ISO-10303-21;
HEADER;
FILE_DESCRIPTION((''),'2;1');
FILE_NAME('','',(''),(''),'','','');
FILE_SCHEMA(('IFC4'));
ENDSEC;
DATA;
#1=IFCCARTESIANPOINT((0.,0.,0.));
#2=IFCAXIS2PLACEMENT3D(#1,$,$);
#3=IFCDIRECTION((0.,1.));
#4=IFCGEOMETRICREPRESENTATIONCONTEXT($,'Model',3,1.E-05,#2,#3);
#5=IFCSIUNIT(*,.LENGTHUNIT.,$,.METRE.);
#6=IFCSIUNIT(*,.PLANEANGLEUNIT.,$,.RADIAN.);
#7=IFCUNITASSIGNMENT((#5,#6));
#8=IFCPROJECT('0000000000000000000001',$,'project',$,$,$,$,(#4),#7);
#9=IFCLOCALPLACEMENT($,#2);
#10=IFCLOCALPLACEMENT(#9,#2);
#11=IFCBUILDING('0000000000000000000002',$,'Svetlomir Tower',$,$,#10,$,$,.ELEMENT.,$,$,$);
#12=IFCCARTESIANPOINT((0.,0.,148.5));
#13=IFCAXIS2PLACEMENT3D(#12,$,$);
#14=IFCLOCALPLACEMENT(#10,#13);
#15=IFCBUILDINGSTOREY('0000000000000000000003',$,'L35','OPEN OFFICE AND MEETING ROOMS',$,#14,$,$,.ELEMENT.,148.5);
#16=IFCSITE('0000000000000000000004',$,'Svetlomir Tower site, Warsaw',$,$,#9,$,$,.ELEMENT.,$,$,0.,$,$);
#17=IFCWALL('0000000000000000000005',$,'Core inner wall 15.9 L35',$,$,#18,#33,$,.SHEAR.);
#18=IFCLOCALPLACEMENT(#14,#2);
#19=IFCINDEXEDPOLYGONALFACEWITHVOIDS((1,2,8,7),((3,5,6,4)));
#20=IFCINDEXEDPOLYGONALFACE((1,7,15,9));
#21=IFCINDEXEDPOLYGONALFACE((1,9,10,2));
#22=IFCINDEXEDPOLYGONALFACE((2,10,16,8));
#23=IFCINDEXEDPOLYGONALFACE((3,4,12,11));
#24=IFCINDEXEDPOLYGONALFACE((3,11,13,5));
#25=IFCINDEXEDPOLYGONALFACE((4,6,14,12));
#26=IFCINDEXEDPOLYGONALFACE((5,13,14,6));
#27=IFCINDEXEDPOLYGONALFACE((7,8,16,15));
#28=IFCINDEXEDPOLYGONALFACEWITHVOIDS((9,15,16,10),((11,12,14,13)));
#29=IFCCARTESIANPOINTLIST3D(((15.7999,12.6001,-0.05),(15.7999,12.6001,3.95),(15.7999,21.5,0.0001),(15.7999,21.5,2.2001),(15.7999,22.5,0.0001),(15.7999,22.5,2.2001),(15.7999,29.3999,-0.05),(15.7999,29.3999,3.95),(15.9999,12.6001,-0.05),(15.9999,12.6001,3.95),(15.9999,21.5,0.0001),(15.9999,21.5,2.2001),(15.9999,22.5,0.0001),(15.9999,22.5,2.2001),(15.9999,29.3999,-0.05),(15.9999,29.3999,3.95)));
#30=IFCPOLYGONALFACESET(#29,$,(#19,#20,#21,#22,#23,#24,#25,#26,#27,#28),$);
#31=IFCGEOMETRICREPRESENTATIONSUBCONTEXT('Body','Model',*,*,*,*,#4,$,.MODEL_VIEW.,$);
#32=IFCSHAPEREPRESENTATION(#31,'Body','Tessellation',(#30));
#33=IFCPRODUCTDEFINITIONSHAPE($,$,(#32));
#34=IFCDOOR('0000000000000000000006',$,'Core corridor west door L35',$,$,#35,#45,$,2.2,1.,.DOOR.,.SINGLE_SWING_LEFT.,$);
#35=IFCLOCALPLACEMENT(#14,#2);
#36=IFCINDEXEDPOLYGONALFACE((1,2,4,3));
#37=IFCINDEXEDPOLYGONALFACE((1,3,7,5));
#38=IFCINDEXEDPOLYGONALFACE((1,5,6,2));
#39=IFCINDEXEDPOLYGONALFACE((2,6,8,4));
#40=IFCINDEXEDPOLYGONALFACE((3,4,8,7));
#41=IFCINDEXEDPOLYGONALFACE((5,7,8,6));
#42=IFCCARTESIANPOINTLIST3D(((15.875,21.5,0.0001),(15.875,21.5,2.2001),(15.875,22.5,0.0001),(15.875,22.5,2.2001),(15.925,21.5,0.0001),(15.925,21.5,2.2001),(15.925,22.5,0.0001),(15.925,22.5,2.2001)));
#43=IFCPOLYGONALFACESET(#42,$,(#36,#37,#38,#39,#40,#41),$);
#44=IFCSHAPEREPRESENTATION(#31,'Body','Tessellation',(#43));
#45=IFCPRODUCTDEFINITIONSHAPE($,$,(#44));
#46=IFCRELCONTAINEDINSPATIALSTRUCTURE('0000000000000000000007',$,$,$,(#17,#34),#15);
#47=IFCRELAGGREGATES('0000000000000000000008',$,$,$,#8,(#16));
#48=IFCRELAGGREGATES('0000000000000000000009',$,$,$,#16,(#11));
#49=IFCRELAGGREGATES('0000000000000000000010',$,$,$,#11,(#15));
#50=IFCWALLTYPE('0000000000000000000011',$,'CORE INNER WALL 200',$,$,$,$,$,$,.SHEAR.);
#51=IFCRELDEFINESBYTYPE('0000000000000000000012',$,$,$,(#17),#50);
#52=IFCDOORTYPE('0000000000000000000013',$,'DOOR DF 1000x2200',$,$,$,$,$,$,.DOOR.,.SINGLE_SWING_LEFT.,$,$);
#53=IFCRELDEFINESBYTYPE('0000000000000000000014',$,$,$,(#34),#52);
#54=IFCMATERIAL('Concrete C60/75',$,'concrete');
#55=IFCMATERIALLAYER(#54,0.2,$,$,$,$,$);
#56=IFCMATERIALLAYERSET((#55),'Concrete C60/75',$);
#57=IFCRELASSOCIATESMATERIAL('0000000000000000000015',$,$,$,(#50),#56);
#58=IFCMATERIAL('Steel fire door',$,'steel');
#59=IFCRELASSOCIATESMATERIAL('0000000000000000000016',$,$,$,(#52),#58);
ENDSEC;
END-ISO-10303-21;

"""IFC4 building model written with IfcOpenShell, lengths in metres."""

from ifc_helpers import new_model, si_unit, direction, frame, frame_2d, origin, place, context, subcontext, project, spatial, rectangle, extrude, material, layer, layer_set, type_object, element, fill, save


model = new_model("IFC4")

# Units and contexts
model_context = context("Model", 3, precision=1e-05, world=origin(), true_north=direction((0.0, 1.0)))
body_context = subcontext(model_context, "Body", "Model", "MODEL_VIEW")
ifc_project = project(units=[si_unit("LENGTHUNIT", "METRE"), si_unit("PLANEANGLEUNIT", "RADIAN")], contexts=[model_context])

# Site, building, storey
site_placement = place(None, origin())
site = spatial("IfcSite", under=ifc_project, at=site_placement, Name="Svetlomir Tower site, Warsaw", CompositionType="ELEMENT", RefElevation=0.0)
building_placement = place(site_placement, origin())
building = spatial("IfcBuilding", under=site, at=building_placement, Name="Svetlomir Tower", CompositionType="ELEMENT")
storey_placement = place(building_placement, frame((0.0, 0.0, 148.5)))
storey = spatial("IfcBuildingStorey", under=building, at=storey_placement, Name="L35", Description="OPEN OFFICE AND MEETING ROOMS", CompositionType="ELEMENT", Elevation=148.5)

# Wall, opening, door
ifc_material_1 = material(Name="Concrete C60/75", Category="concrete")
ifc_layer_1 = layer(ifc_material_1, 0.2)
ifc_layer_set_1 = layer_set([ifc_layer_1], Name="Concrete C60/75")
wall_type_1 = type_object("IfcWallType", Name="CORE INNER WALL 200", PredefinedType="SHEAR", material=ifc_layer_set_1)
wall_1_placement = place(storey_placement, frame((15.8999, 12.6001, -0.05), z_axis=(0.0, 0.0, 1.0), x_axis=(0.0, 1.0, 0.0)))
wall_1 = element("IfcWall", 1, at=wall_1_placement, inside=storey, type_object=wall_type_1, Name="Core inner wall 15.9 L35", PredefinedType="SHEAR", context=body_context, shape_type="SweptSolid", body=[
    extrude(rectangle(XDim=16.7998, YDim=0.2, at=frame_2d((8.3999, 0.0))), origin(), (0.0, 0.0, 1.0), 4.0),
])
opening_1_placement = place(wall_1_placement, frame((8.8999, 0.0, 0.05)))
opening_1 = element("IfcOpeningElement", 2, at=opening_1_placement, cuts=wall_1, PredefinedType="OPENING", context=body_context, shape_type="SweptSolid", body=[
    extrude(rectangle(XDim=1.0, YDim=2.2, at=frame_2d((0.5, 1.1001))), frame((0.0, 0.1099, 0.0), z_axis=(0.0, -1.0, 0.0), x_axis=(1.0, 0.0, 0.0)), (0.0, 0.0, 1.0), 0.22),
])
ifc_material_2 = material(Name="Steel fire door", Category="steel")
door_type_1 = type_object("IfcDoorType", Name="DOOR DF 1000x2200", OperationType="SINGLE_SWING_LEFT", PredefinedType="DOOR", material=ifc_material_2)
door_1_placement = place(opening_1_placement, origin())
door_1 = element("IfcDoor", 3, at=door_1_placement, inside=storey, type_object=door_type_1, Name="Core corridor west door L35", OperationType="SINGLE_SWING_LEFT", OverallHeight=2.2, OverallWidth=1.0, PredefinedType="DOOR", context=body_context, shape_type="SweptSolid", body=[
    extrude(rectangle(XDim=1.0, YDim=2.2, at=frame_2d((0.5, 1.1001))), frame((0.0, 0.0249, 0.0), z_axis=(0.0, -1.0, 0.0), x_axis=(1.0, 0.0, 0.0)), (0.0, 0.0, 1.0), 0.05),
])
fill(opening_1, door_1)

save(model, "model.ifc")
